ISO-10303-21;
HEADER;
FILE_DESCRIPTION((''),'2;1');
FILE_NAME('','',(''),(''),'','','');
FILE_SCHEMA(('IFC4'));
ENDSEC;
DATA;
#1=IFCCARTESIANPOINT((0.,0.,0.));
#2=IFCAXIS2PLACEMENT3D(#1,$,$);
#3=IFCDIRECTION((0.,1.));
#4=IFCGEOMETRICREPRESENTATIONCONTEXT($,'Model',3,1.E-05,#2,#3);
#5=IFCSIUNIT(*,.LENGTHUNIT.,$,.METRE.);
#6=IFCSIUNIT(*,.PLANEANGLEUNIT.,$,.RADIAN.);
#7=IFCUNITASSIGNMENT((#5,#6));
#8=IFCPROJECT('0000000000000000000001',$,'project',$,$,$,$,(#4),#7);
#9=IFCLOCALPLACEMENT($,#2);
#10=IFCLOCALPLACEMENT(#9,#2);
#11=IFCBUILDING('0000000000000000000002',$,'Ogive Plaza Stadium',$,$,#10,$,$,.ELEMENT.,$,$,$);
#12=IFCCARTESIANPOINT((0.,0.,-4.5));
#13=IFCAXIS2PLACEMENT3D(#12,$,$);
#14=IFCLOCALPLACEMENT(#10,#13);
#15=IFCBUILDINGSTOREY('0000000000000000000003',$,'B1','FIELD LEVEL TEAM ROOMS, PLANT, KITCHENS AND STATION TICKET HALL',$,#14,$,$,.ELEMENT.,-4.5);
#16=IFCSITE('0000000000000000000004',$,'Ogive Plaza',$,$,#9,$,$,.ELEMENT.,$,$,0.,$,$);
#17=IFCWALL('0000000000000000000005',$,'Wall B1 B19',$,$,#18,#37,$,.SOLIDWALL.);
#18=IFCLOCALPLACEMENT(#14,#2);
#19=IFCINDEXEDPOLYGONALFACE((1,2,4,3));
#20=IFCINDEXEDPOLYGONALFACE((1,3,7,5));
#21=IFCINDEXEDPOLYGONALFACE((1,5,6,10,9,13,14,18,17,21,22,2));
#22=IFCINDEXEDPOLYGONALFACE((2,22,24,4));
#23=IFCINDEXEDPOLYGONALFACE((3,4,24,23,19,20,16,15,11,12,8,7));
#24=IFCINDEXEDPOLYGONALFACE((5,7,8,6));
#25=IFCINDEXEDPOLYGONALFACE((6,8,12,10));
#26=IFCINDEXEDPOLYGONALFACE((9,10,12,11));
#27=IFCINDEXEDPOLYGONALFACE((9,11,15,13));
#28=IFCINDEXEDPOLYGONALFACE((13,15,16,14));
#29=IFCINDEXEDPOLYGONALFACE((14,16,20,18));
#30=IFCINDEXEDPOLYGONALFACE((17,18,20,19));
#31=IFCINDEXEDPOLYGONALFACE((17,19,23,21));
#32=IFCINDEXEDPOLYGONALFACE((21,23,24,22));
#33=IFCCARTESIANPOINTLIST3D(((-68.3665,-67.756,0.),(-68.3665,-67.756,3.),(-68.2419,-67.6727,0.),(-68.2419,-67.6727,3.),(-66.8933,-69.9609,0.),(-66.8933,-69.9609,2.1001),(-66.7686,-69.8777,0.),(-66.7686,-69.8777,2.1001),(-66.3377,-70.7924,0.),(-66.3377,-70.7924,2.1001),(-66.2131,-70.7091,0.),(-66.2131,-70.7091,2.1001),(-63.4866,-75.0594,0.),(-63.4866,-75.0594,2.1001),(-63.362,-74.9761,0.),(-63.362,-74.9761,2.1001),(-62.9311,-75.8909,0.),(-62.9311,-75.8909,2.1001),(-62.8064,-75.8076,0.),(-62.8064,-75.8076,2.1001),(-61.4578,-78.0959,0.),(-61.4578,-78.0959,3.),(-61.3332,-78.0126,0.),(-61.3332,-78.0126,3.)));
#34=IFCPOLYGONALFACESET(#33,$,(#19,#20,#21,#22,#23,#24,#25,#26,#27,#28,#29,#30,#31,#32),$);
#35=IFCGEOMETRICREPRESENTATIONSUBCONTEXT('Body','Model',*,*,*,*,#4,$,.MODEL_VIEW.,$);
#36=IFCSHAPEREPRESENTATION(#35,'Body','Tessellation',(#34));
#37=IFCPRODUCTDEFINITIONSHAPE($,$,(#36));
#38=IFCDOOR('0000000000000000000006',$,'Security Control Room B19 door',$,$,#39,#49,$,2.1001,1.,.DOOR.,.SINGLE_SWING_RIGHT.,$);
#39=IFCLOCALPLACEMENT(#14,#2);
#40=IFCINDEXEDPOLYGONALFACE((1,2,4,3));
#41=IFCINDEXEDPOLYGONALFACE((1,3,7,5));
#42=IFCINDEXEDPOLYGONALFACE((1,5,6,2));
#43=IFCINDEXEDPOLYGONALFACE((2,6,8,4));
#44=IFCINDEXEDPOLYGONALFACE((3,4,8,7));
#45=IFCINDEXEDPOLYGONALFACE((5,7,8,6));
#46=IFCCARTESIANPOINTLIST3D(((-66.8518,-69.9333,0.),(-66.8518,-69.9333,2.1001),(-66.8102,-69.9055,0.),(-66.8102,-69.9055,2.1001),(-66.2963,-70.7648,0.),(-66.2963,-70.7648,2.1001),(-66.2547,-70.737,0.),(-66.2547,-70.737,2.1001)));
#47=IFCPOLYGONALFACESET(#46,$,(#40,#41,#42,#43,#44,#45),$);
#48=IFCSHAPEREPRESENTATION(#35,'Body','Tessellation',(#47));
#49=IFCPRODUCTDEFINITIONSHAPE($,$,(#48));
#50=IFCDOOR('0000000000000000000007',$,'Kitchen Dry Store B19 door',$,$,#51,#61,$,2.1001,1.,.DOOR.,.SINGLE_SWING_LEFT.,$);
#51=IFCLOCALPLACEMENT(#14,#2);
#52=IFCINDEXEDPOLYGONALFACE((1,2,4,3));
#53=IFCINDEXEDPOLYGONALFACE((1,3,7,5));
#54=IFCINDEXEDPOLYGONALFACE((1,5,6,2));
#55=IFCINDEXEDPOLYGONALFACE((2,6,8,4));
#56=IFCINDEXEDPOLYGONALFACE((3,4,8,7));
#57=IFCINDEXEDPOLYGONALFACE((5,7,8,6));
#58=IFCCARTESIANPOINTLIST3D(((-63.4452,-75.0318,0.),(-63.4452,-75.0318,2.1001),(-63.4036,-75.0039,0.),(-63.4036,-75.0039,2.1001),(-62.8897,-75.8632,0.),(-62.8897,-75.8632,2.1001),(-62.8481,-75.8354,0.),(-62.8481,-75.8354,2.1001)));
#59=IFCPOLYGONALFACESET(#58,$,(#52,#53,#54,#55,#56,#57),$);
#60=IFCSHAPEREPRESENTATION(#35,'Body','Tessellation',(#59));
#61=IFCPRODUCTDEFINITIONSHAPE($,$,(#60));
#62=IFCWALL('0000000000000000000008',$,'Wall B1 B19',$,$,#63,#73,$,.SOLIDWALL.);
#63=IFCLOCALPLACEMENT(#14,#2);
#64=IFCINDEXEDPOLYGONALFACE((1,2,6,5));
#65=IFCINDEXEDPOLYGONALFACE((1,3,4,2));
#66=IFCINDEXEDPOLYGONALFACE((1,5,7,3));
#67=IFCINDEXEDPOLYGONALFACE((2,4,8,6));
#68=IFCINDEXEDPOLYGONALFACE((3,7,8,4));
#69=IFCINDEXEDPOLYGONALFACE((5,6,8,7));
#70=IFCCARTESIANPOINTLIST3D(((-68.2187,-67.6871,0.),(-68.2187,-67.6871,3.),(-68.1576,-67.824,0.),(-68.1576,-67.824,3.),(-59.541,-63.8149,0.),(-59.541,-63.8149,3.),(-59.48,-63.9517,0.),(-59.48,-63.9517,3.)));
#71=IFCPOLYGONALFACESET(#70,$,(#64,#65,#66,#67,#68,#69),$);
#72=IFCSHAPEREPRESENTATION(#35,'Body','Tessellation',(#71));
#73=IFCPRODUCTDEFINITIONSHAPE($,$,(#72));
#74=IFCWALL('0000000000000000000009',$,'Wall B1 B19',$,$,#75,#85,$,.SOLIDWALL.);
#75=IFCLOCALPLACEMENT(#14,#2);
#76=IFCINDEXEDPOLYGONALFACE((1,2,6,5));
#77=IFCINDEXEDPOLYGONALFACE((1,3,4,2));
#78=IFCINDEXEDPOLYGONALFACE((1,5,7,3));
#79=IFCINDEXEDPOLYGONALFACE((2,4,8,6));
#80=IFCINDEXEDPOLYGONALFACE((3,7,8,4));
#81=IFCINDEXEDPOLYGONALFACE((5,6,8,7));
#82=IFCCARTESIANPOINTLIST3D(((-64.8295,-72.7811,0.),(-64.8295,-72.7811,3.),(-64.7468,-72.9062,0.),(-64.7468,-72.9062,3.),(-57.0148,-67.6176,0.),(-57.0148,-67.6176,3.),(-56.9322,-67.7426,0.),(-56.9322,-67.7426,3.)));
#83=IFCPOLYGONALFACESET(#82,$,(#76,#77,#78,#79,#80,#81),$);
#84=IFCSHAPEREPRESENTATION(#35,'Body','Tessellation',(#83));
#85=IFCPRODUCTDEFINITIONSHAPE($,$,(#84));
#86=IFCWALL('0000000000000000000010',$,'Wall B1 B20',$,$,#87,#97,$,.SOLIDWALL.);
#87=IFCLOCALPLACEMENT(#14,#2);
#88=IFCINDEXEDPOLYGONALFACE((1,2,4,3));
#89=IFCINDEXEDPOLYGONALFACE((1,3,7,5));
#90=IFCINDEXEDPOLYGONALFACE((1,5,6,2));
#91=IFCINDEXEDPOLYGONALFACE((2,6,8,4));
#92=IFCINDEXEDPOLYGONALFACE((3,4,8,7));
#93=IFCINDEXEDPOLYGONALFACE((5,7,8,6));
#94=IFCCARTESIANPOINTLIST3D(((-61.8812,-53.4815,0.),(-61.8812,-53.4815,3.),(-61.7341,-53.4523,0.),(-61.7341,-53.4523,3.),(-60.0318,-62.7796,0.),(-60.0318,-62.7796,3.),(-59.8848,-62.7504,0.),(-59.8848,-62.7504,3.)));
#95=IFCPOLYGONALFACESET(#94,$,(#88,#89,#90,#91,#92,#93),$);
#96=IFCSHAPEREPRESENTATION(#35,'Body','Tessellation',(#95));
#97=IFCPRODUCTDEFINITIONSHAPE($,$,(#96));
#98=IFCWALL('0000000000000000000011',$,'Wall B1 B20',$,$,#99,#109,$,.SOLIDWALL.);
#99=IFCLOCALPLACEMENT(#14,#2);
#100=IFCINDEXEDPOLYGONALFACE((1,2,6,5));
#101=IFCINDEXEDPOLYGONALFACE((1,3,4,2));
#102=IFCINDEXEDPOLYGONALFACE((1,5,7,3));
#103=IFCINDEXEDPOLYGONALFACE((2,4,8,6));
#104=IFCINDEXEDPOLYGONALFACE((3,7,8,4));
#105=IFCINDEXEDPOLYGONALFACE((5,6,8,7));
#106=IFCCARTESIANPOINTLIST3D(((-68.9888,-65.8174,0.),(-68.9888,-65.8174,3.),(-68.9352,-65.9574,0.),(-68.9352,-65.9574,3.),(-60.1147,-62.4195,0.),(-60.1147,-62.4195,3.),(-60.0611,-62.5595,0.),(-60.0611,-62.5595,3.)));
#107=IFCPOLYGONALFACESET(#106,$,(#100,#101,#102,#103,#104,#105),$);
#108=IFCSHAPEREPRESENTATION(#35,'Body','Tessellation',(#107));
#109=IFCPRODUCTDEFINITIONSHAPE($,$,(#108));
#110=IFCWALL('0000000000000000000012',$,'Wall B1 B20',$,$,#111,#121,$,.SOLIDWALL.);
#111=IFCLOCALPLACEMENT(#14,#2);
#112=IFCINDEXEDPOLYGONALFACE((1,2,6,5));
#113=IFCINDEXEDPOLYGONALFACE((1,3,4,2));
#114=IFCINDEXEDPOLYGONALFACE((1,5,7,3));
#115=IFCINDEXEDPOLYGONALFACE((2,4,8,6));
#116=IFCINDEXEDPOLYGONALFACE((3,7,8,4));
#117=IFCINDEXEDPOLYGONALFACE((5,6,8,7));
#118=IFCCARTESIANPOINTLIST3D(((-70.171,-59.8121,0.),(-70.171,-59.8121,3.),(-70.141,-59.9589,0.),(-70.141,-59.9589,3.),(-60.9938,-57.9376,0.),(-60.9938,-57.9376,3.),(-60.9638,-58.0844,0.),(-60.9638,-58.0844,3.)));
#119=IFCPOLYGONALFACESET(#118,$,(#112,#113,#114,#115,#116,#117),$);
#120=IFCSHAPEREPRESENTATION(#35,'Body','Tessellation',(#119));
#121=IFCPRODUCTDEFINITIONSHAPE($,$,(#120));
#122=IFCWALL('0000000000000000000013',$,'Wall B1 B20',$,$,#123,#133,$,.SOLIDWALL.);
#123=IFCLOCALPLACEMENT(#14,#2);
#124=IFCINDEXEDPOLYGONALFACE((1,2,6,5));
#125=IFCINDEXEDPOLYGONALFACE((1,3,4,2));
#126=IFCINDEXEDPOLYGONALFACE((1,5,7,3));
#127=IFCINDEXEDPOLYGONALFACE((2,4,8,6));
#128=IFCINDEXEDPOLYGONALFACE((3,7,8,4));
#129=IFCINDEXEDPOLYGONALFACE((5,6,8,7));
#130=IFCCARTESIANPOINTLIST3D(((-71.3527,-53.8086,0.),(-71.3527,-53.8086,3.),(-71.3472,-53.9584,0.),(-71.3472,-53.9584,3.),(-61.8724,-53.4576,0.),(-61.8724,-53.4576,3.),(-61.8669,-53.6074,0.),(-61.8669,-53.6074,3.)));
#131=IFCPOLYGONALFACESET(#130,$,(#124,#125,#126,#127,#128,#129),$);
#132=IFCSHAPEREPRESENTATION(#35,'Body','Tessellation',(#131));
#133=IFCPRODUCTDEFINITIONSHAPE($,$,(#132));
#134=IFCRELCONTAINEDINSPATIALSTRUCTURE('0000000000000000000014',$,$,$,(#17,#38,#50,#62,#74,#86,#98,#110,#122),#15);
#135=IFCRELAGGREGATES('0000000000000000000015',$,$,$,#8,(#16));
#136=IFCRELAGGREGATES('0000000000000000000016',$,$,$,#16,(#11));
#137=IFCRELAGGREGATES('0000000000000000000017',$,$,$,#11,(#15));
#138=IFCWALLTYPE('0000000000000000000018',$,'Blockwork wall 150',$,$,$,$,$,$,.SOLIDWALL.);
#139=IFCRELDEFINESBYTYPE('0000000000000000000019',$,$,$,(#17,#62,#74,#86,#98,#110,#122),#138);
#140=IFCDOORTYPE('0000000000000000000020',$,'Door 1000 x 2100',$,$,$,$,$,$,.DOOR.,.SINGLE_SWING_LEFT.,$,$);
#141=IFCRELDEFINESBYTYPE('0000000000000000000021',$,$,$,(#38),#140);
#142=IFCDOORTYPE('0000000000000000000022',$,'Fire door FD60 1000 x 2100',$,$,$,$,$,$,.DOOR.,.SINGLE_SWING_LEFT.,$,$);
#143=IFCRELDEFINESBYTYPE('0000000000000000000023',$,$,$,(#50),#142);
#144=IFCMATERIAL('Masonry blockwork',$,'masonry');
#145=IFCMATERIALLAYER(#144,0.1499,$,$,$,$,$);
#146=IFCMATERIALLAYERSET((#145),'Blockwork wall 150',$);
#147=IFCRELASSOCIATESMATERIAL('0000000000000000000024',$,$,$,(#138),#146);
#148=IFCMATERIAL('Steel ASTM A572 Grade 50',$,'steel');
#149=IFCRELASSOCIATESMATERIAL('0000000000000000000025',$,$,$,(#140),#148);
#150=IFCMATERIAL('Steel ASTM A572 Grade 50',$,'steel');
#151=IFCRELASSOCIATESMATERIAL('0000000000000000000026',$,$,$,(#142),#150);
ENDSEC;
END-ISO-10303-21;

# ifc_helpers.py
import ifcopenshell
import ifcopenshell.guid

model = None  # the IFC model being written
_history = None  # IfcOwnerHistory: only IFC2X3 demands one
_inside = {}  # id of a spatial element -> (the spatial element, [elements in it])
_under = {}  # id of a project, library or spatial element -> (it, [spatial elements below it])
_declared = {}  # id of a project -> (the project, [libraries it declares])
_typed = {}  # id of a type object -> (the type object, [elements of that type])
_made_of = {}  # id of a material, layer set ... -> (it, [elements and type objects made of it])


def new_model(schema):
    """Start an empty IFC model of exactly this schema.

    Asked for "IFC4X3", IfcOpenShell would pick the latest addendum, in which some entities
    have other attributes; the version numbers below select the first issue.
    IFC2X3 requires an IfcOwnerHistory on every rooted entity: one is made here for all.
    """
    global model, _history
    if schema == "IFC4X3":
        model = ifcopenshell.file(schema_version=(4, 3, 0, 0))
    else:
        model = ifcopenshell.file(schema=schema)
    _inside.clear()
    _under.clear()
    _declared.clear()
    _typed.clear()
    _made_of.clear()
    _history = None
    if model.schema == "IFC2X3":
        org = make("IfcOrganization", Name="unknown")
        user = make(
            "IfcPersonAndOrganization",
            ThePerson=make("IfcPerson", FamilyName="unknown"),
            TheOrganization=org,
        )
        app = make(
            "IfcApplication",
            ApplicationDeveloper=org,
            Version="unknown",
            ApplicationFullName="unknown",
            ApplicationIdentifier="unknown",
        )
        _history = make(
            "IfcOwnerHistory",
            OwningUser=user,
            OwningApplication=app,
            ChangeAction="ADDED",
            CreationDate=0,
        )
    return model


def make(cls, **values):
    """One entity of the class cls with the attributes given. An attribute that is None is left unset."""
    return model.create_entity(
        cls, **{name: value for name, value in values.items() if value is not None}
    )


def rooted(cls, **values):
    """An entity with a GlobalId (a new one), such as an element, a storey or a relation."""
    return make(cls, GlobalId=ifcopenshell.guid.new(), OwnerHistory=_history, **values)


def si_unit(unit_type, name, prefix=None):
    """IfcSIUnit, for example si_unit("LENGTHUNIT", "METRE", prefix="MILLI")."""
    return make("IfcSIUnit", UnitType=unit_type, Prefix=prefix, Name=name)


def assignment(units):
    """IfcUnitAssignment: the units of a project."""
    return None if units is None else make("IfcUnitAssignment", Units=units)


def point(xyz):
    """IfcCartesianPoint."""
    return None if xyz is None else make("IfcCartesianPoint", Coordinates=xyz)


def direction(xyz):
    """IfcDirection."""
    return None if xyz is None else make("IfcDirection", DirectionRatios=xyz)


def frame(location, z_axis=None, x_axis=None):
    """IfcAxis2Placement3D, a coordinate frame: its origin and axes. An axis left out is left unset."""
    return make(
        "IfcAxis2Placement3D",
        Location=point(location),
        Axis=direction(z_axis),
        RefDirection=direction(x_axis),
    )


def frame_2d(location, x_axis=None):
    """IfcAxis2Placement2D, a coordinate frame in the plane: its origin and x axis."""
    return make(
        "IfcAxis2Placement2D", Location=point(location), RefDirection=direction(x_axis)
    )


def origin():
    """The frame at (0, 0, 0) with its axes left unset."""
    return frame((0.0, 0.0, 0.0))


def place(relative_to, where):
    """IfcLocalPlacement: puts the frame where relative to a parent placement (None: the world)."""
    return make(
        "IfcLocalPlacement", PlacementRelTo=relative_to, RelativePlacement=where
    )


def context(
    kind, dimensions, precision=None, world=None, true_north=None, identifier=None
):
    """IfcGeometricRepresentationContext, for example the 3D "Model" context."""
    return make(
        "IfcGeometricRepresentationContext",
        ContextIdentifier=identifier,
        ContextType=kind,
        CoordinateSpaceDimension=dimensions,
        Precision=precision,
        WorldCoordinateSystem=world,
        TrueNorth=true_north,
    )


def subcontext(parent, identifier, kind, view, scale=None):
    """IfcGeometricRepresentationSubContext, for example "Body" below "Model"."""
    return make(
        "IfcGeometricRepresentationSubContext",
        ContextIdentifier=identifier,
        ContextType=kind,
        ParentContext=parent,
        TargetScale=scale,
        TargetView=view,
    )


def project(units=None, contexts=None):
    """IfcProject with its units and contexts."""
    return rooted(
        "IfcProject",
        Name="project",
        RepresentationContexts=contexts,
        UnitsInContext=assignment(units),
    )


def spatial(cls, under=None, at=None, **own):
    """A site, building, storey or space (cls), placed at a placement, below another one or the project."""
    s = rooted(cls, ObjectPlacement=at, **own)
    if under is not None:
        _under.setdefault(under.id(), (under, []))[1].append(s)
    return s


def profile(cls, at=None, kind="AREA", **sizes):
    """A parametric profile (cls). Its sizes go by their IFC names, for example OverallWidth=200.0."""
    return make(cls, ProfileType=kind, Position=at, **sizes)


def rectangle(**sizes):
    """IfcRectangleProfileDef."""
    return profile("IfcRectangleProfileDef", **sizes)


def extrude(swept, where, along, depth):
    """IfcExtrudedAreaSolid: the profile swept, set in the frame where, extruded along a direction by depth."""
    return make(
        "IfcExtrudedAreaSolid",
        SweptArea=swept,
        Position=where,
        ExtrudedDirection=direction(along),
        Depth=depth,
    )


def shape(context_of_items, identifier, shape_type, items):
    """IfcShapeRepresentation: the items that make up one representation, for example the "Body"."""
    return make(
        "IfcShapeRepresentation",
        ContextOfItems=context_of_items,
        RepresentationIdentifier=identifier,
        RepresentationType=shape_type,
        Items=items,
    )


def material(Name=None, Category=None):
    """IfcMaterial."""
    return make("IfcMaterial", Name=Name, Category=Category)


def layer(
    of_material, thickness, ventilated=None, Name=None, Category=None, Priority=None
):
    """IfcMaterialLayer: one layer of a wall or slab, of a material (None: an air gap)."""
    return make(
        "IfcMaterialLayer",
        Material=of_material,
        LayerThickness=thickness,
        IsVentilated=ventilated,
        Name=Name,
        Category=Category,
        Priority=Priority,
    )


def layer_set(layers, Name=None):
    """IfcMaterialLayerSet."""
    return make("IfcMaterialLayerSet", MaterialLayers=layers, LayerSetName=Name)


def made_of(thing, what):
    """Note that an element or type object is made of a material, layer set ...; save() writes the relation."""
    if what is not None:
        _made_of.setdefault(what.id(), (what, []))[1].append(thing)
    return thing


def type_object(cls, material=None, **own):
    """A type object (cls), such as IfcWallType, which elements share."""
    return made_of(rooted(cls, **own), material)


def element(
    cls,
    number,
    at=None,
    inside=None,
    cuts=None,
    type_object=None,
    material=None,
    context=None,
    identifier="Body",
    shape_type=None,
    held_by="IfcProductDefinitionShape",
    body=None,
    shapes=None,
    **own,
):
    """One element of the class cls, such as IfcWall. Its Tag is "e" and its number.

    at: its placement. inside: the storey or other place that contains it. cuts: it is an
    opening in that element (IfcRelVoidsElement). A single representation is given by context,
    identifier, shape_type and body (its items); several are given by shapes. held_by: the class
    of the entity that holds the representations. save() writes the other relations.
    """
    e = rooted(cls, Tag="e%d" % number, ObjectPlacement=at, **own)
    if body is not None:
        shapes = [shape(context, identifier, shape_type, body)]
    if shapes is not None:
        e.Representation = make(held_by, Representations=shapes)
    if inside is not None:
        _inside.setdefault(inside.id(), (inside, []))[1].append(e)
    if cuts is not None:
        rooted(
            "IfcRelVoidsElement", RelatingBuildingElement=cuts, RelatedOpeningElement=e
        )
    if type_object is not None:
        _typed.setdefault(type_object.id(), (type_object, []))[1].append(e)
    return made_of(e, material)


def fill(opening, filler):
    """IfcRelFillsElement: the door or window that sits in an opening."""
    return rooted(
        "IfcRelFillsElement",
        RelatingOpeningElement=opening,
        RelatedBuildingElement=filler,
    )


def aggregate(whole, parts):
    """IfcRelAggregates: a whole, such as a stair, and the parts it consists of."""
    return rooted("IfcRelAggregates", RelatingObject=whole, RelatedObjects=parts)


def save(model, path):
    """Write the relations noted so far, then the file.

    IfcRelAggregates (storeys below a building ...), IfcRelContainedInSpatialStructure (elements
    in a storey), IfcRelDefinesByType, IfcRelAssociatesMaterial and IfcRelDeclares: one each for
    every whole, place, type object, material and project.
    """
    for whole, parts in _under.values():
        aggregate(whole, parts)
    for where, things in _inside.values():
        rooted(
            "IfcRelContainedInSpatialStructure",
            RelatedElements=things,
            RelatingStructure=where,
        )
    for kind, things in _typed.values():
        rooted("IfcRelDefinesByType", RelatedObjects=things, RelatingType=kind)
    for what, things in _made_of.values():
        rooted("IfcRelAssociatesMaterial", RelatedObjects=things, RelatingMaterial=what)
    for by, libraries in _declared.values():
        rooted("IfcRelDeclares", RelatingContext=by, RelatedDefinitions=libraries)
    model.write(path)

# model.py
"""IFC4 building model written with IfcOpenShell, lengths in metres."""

from ifc_helpers import new_model, si_unit, direction, frame, frame_2d, origin, place, context, subcontext, project, spatial, rectangle, extrude, material, layer, layer_set, type_object, element, fill, save


model = new_model("IFC4")

# Units and contexts
model_context = context("Model", 3, precision=1e-05, world=origin(), true_north=direction((0.0, 1.0)))
body_context = subcontext(model_context, "Body", "Model", "MODEL_VIEW")
ifc_project = project(units=[si_unit("LENGTHUNIT", "METRE"), si_unit("PLANEANGLEUNIT", "RADIAN")], contexts=[model_context])

# Site, building, storey
site_placement = place(None, origin())
site = spatial("IfcSite", under=ifc_project, at=site_placement, Name="Ogive Plaza", CompositionType="ELEMENT", RefElevation=0.0)
building_placement = place(site_placement, origin())
building = spatial("IfcBuilding", under=site, at=building_placement, Name="Ogive Plaza Stadium", CompositionType="ELEMENT")
storey_placement = place(building_placement, frame((0.0, 0.0, -4.5)))
storey = spatial("IfcBuildingStorey", under=building, at=storey_placement, Name="B1", Description="FIELD LEVEL TEAM ROOMS, PLANT, KITCHENS AND STATION TICKET HALL", CompositionType="ELEMENT", Elevation=-4.5)

# Shared definitions
ifc_material_1 = material(Name="Masonry blockwork", Category="masonry")
ifc_layer_1 = layer(ifc_material_1, 0.1499)
ifc_layer_set_1 = layer_set([ifc_layer_1], Name="Blockwork wall 150")
wall_type = type_object("IfcWallType", Name="Blockwork wall 150", PredefinedType="SOLIDWALL", material=ifc_layer_set_1)

# Wall, openings, doors
wall_1_placement = place(storey_placement, frame((-68.3042, -67.7144, 0.0), z_axis=(0.0, 0.0, 1.0), x_axis=(0.555561, -0.831476, 0.0)))
wall_1 = element("IfcWall", 1, at=wall_1_placement, inside=storey, type_object=wall_type, Name="Wall B1 B19", PredefinedType="SOLIDWALL", context=body_context, shape_type="SweptSolid", body=[
    extrude(rectangle(XDim=12.4355, YDim=0.1499, at=frame_2d((6.2178, 0.0))), origin(), (0.0, 0.0, 1.0), 3.0),
])
opening_1_placement = place(wall_1_placement, frame((2.6519, 0.0, 0.0)))
opening_1 = element("IfcOpeningElement", 2, at=opening_1_placement, cuts=wall_1, PredefinedType="OPENING", context=body_context, shape_type="SweptSolid", body=[
    extrude(rectangle(XDim=1.0, YDim=2.1001, at=frame_2d((0.5, 1.05))), frame((0.0, 0.075, 0.0), z_axis=(0.0, -1.0, 0.0), x_axis=(1.0, 0.0, 0.0)), (0.0, 0.0, 1.0), 0.1499),
])
opening_2_placement = place(wall_1_placement, frame((8.7837, 0.0, 0.0)))
opening_2 = element("IfcOpeningElement", 3, at=opening_2_placement, cuts=wall_1, PredefinedType="OPENING", context=body_context, shape_type="SweptSolid", body=[
    extrude(rectangle(XDim=1.0, YDim=2.1001, at=frame_2d((0.5, 1.05))), frame((0.0, 0.075, 0.0), z_axis=(0.0, -1.0, 0.0), x_axis=(1.0, 0.0, 0.0)), (0.0, 0.0, 1.0), 0.1499),
])
ifc_material_2 = material(Name="Steel ASTM A572 Grade 50", Category="steel")
door_type_1 = type_object("IfcDoorType", Name="Door 1000 x 2100", OperationType="SINGLE_SWING_LEFT", PredefinedType="DOOR", material=ifc_material_2)
door_1_placement = place(opening_1_placement, origin())
door_1 = element("IfcDoor", 4, at=door_1_placement, inside=storey, type_object=door_type_1, Name="Security Control Room B19 door", OperationType="SINGLE_SWING_RIGHT", OverallHeight=2.1001, OverallWidth=1.0, PredefinedType="DOOR", context=body_context, shape_type="SweptSolid", body=[
    extrude(rectangle(XDim=1.0, YDim=2.1001, at=frame_2d((0.5, 1.05))), frame((0.0, 0.0249, 0.0), z_axis=(0.0, -1.0, 0.0), x_axis=(1.0, 0.0, 0.0)), (0.0, 0.0, 1.0), 0.05),
])
fill(opening_1, door_1)
ifc_material_3 = material(Name="Steel ASTM A572 Grade 50", Category="steel")
door_type_2 = type_object("IfcDoorType", Name="Fire door FD60 1000 x 2100", OperationType="SINGLE_SWING_LEFT", PredefinedType="DOOR", material=ifc_material_3)
door_2_placement = place(opening_2_placement, origin())
door_2 = element("IfcDoor", 5, at=door_2_placement, inside=storey, type_object=door_type_2, Name="Kitchen Dry Store B19 door", OperationType="SINGLE_SWING_LEFT", OverallHeight=2.1001, OverallWidth=1.0, PredefinedType="DOOR", context=body_context, shape_type="SweptSolid", body=[
    extrude(rectangle(XDim=1.0, YDim=2.1001, at=frame_2d((0.5, 1.05))), frame((0.0, 0.0249, 0.0), z_axis=(0.0, -1.0, 0.0), x_axis=(1.0, 0.0, 0.0)), (0.0, 0.0, 1.0), 0.05),
])
fill(opening_2, door_2)

# Walls
wall_2_placement = place(storey_placement, frame((-59.5105, -63.8833, 0.0), z_axis=(0.0, 0.0, 1.0), x_axis=(-0.913203, -0.407504, 0.0)))
element("IfcWall", 6, at=wall_2_placement, inside=storey, type_object=wall_type, Name="Wall B1 B19", PredefinedType="SOLIDWALL", context=body_context, shape_type="SweptSolid", body=[
    extrude(rectangle(XDim=9.5024, YDim=0.1499, at=frame_2d((4.7512, 0.0))), origin(), (0.0, 0.0, 1.0), 3.0),
])
wall_3_placement = place(storey_placement, frame((-56.9736, -67.6802, 0.0), z_axis=(0.0, 0.0, 1.0), x_axis=(-0.834321, -0.551279, 0.0)))
element("IfcWall", 7, at=wall_3_placement, inside=storey, type_object=wall_type, Name="Wall B1 B19", PredefinedType="SOLIDWALL", context=body_context, shape_type="SweptSolid", body=[
    extrude(rectangle(XDim=9.3665, YDim=0.1499, at=frame_2d((4.6831, 0.0))), origin(), (0.0, 0.0, 1.0), 3.0),
])
wall_4_placement = place(storey_placement, frame((-59.9583, -62.7651, 0.0), z_axis=(0.0, 0.0, 1.0), x_axis=(-0.195076, 0.980788, 0.0)))
element("IfcWall", 8, at=wall_4_placement, inside=storey, type_object=wall_type, Name="Wall B1 B20", PredefinedType="SOLIDWALL", context=body_context, shape_type="SweptSolid", body=[
    extrude(rectangle(XDim=9.4802, YDim=0.1499, at=frame_2d((4.7402, 0.0))), origin(), (0.0, 0.0, 1.0), 3.0),
])
wall_5_placement = place(storey_placement, frame((-60.0879, -62.4895, 0.0), z_axis=(0.0, 0.0, 1.0), x_axis=(-0.933882, -0.357582, 0.0)))
element("IfcWall", 9, at=wall_5_placement, inside=storey, type_object=wall_type, Name="Wall B1 B20", PredefinedType="SOLIDWALL", context=body_context, shape_type="SweptSolid", body=[
    extrude(rectangle(XDim=9.5024, YDim=0.1499, at=frame_2d((4.7512, 0.0))), origin(), (0.0, 0.0, 1.0), 3.0),
])
wall_6_placement = place(storey_placement, frame((-60.9788, -58.011, 0.0), z_axis=(0.0, 0.0, 1.0), x_axis=(-0.97977, -0.200124, 0.0)))
element("IfcWall", 10, at=wall_6_placement, inside=storey, type_object=wall_type, Name="Wall B1 B20", PredefinedType="SOLIDWALL", context=body_context, shape_type="SweptSolid", body=[
    extrude(rectangle(XDim=9.3667, YDim=0.1499, at=frame_2d((4.6833, 0.0))), origin(), (0.0, 0.0, 1.0), 3.0),
])
wall_7_placement = place(storey_placement, frame((-61.8696, -53.5325, 0.0), z_axis=(0.0, 0.0, 1.0), x_axis=(-0.999315, -0.037007, 0.0)))
element("IfcWall", 11, at=wall_7_placement, inside=storey, type_object=wall_type, Name="Wall B1 B20", PredefinedType="SOLIDWALL", context=body_context, shape_type="SweptSolid", body=[
    extrude(rectangle(XDim=9.4868, YDim=0.1499, at=frame_2d((4.7434, 0.0))), origin(), (0.0, 0.0, 1.0), 3.0),
])

save(model, "model.ifc")
